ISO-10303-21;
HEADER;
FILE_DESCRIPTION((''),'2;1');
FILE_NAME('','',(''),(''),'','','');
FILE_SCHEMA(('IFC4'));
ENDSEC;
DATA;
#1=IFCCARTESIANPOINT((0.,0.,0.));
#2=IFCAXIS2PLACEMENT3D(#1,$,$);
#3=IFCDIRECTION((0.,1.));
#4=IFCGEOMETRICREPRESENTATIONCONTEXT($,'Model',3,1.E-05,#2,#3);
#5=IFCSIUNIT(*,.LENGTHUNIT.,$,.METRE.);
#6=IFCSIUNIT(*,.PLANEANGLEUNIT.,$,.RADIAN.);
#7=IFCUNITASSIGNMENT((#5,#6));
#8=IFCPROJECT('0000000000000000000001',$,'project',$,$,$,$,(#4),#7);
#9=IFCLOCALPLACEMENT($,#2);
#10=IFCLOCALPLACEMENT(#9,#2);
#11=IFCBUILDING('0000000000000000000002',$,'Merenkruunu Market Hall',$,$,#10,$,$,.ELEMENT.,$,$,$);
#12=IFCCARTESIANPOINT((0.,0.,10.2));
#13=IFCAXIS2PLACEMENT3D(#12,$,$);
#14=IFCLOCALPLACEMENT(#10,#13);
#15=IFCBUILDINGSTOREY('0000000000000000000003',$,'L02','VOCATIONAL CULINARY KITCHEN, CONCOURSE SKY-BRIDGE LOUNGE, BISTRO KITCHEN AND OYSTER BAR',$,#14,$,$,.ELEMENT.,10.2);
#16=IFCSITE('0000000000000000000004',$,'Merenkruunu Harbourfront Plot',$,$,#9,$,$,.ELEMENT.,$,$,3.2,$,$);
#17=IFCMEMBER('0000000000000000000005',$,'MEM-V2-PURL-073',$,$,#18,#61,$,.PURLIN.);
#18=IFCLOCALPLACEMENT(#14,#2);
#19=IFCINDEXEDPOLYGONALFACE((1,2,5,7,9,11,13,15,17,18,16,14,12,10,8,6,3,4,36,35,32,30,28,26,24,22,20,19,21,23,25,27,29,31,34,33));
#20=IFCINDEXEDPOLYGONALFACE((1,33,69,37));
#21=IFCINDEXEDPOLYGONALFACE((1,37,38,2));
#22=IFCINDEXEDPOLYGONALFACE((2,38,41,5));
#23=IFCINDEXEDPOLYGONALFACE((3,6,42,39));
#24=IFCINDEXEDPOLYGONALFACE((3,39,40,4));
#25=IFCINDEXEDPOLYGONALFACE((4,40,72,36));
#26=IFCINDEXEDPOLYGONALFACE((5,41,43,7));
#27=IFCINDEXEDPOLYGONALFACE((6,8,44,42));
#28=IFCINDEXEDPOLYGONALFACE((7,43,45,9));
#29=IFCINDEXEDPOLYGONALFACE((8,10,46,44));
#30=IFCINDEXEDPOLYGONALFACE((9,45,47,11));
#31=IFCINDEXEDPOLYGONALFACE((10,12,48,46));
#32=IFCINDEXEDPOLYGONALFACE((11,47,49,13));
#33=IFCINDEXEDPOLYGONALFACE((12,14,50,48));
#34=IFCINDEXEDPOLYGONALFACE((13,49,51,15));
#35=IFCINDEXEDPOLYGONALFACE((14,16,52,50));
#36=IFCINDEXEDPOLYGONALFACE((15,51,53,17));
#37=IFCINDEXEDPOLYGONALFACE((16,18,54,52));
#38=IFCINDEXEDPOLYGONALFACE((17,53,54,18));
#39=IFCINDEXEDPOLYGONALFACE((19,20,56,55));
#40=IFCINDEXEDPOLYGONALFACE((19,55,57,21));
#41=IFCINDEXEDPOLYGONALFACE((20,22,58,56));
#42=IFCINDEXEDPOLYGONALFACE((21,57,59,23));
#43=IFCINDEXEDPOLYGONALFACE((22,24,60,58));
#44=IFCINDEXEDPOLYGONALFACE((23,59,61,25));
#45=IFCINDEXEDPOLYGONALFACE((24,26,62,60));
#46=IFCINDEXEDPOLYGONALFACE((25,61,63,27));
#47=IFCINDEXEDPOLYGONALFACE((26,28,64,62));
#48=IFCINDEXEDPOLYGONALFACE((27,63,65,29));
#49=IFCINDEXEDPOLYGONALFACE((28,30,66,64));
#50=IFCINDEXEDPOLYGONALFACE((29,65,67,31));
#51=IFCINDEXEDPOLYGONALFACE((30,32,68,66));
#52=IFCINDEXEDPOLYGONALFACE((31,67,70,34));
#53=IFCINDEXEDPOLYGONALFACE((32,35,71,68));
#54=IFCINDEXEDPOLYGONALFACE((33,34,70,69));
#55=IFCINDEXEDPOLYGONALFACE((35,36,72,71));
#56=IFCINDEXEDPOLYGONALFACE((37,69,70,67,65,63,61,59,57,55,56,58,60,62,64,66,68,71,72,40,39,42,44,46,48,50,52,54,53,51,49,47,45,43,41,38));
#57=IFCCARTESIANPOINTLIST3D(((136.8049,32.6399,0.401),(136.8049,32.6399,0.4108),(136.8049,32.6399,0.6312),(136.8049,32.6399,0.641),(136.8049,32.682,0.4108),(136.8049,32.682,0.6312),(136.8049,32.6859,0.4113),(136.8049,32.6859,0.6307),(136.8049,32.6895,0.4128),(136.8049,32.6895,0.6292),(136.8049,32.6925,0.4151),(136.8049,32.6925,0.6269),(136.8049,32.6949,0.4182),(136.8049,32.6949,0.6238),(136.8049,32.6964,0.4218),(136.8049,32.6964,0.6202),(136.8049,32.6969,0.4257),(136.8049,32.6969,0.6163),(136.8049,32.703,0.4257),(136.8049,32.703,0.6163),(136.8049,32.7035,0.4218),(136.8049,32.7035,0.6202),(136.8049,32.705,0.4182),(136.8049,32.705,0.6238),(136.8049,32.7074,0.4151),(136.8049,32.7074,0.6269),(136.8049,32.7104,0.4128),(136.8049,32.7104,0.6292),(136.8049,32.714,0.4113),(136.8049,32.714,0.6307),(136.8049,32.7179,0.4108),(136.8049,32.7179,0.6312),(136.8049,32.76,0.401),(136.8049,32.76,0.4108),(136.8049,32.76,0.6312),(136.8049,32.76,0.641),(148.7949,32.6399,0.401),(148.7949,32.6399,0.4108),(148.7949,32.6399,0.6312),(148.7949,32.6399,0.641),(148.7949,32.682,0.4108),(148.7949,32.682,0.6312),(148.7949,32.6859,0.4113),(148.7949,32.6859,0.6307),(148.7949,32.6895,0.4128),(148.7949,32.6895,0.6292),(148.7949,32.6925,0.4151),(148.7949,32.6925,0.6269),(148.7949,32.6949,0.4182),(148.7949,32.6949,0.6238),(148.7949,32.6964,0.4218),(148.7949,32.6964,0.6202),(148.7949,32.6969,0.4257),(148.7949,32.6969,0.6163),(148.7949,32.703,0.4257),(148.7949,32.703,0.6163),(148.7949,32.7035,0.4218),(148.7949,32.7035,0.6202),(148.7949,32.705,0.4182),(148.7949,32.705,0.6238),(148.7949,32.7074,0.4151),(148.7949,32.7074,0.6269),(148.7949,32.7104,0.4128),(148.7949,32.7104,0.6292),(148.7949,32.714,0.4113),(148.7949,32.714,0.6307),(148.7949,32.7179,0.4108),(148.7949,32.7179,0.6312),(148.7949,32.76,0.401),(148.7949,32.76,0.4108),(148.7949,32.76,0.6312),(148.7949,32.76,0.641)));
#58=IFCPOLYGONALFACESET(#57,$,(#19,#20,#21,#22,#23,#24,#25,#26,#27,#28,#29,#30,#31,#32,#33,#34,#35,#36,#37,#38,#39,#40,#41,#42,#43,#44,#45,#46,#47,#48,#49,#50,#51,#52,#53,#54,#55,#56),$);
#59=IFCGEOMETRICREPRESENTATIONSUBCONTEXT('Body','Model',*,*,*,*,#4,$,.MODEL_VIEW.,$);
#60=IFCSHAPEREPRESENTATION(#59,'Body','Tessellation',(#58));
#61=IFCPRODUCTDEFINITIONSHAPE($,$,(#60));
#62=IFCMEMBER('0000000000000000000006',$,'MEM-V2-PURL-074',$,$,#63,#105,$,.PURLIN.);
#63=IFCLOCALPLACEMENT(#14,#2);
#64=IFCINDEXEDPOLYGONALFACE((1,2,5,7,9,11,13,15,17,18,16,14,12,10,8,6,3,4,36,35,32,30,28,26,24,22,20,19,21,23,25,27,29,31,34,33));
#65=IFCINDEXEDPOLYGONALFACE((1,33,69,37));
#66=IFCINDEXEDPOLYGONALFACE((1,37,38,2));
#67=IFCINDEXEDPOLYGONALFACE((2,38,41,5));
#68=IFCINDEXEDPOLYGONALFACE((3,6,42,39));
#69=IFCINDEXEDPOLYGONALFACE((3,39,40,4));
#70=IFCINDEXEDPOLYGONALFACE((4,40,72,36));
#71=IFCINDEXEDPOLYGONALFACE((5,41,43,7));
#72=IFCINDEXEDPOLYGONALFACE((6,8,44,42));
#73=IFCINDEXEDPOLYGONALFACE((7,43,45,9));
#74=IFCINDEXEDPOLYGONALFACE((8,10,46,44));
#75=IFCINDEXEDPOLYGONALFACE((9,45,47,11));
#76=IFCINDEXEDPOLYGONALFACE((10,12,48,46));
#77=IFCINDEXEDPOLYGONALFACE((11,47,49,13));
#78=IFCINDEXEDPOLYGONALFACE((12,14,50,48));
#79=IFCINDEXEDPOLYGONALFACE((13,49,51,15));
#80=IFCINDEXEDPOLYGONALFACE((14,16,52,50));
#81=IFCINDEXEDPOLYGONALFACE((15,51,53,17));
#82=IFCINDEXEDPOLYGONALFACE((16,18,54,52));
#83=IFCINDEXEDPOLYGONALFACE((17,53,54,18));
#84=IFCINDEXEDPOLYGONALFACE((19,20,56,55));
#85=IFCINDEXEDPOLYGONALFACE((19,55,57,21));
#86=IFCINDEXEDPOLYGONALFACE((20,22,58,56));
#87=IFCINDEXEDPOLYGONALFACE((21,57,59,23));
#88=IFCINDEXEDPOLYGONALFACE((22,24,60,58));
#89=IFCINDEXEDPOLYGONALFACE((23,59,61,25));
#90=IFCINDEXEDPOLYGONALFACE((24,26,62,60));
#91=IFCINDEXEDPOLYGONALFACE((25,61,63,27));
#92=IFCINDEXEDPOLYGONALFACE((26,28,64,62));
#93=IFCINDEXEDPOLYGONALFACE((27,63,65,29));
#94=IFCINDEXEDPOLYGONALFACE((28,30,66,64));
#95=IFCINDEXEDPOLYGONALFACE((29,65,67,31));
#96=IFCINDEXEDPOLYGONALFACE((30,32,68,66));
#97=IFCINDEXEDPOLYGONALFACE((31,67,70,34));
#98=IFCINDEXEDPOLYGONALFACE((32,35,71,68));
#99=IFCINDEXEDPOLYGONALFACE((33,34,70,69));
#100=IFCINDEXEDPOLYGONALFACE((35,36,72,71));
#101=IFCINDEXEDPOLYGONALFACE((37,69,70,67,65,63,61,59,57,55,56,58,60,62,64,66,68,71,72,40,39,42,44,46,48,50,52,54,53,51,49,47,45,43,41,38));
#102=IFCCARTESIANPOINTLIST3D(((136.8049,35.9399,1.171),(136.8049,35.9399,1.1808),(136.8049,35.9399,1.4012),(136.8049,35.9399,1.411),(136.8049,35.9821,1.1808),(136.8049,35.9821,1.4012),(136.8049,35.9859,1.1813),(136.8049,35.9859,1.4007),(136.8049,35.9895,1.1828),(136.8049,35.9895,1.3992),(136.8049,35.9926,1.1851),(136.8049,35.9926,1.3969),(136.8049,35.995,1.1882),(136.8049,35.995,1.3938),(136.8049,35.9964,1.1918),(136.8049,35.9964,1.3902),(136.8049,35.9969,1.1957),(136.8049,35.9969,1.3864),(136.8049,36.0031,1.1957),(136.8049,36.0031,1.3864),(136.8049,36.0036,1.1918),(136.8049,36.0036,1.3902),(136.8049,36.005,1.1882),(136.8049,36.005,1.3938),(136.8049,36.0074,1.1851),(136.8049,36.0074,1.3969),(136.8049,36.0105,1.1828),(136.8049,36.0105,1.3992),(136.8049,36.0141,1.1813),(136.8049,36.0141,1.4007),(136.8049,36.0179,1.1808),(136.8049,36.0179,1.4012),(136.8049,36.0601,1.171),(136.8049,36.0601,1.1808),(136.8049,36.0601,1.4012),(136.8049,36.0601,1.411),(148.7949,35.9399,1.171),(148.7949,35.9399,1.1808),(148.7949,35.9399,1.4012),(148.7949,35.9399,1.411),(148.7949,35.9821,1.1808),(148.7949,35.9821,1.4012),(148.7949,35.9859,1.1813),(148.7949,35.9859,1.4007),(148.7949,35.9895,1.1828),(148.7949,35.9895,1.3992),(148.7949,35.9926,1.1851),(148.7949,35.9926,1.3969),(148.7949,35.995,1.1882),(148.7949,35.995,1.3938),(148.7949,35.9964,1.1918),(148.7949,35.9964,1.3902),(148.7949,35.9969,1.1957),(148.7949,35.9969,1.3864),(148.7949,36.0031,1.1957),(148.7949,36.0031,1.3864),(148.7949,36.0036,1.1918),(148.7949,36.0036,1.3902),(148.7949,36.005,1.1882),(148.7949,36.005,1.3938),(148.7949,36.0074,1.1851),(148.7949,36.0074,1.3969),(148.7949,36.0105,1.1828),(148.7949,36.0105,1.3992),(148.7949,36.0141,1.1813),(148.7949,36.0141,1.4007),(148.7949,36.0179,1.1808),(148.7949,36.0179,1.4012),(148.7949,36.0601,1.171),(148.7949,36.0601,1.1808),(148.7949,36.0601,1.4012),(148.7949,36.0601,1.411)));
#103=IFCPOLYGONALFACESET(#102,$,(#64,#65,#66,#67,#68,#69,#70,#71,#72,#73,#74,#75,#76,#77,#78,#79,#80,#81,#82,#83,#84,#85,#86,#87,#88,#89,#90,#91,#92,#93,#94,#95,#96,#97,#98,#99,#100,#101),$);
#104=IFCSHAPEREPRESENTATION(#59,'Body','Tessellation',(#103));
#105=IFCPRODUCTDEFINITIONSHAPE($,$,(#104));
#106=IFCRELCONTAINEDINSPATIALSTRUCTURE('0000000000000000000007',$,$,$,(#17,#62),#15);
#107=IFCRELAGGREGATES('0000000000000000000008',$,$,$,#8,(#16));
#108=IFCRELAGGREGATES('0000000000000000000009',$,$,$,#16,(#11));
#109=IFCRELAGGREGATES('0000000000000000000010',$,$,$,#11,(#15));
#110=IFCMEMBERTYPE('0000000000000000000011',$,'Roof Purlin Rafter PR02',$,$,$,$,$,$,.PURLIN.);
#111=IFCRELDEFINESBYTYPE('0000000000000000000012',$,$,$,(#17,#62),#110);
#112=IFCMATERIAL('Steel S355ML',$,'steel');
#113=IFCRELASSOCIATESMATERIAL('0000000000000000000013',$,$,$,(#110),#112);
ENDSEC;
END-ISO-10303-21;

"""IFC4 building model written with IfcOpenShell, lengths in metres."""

from ifc_helpers import new_model, si_unit, direction, frame, origin, origin_2d, place, context, subcontext, project, spatial, i_section, extrude, material, material_profile, profile_set, type_object, element, save


model = new_model("IFC4")

# Units and contexts
model_context = context("Model", 3, precision=1e-05, world=origin(), true_north=direction((0.0, 1.0)))
body_context = subcontext(model_context, "Body", "Model", "MODEL_VIEW")
ifc_project = project(units=[si_unit("LENGTHUNIT", "METRE"), si_unit("PLANEANGLEUNIT", "RADIAN")], contexts=[model_context])

# Site, building, storey
site_placement = place(None, origin())
site = spatial("IfcSite", under=ifc_project, at=site_placement, Name="Merenkruunu Harbourfront Plot", CompositionType="ELEMENT", RefElevation=3.2)
building_placement = place(site_placement, origin())
building = spatial("IfcBuilding", under=site, at=building_placement, Name="Merenkruunu Market Hall", CompositionType="ELEMENT")
storey_placement = place(building_placement, frame((0.0, 0.0, 10.2)))
storey = spatial("IfcBuildingStorey", under=building, at=storey_placement, Name="L02", Description="VOCATIONAL CULINARY KITCHEN, CONCOURSE SKY-BRIDGE LOUNGE, BISTRO KITCHEN AND OYSTER BAR", CompositionType="ELEMENT", Elevation=10.2)

# Members
ifc_material_1 = material(Name="Steel S355ML", Category="steel")
ifc_material_profile_1 = material_profile(ifc_material_1, i_section(OverallWidth=0.1201, OverallDepth=0.24, WebThickness=0.0061, FlangeThickness=0.0098, FilletRadius=0.0149, at=origin_2d()), Name="IPE 240")
ifc_profile_set_1 = profile_set([ifc_material_profile_1], Name="Steel S355ML")
member_type_1 = type_object("IfcMemberType", Name="Roof Purlin Rafter PR02", PredefinedType="PURLIN", material=ifc_profile_set_1)
for number, where, z_axis, x_axis, name in (
    (1, (136.8049, 32.7, 0.521), (1.0, 0.0, 0.0), (0.0, 1.0, 0.0), "MEM-V2-PURL-073"),
    (2, (136.8049, 36.0, 1.291), (1.0, 0.0, 0.0), (0.0, 1.0, 0.0), "MEM-V2-PURL-074"),
):
    element("IfcMember", number, at=place(storey_placement, frame(where, z_axis=z_axis, x_axis=x_axis)), inside=storey, type_object=member_type_1, Name=name, PredefinedType="PURLIN", context=body_context, shape_type="SweptSolid", body=[
        extrude(i_section(OverallWidth=0.1201, OverallDepth=0.24, WebThickness=0.0061, FlangeThickness=0.0098, FilletRadius=0.0149, at=origin_2d()), origin(), (0.0, 0.0, 1.0), 11.99),
    ])

save(model, "model.ifc")
